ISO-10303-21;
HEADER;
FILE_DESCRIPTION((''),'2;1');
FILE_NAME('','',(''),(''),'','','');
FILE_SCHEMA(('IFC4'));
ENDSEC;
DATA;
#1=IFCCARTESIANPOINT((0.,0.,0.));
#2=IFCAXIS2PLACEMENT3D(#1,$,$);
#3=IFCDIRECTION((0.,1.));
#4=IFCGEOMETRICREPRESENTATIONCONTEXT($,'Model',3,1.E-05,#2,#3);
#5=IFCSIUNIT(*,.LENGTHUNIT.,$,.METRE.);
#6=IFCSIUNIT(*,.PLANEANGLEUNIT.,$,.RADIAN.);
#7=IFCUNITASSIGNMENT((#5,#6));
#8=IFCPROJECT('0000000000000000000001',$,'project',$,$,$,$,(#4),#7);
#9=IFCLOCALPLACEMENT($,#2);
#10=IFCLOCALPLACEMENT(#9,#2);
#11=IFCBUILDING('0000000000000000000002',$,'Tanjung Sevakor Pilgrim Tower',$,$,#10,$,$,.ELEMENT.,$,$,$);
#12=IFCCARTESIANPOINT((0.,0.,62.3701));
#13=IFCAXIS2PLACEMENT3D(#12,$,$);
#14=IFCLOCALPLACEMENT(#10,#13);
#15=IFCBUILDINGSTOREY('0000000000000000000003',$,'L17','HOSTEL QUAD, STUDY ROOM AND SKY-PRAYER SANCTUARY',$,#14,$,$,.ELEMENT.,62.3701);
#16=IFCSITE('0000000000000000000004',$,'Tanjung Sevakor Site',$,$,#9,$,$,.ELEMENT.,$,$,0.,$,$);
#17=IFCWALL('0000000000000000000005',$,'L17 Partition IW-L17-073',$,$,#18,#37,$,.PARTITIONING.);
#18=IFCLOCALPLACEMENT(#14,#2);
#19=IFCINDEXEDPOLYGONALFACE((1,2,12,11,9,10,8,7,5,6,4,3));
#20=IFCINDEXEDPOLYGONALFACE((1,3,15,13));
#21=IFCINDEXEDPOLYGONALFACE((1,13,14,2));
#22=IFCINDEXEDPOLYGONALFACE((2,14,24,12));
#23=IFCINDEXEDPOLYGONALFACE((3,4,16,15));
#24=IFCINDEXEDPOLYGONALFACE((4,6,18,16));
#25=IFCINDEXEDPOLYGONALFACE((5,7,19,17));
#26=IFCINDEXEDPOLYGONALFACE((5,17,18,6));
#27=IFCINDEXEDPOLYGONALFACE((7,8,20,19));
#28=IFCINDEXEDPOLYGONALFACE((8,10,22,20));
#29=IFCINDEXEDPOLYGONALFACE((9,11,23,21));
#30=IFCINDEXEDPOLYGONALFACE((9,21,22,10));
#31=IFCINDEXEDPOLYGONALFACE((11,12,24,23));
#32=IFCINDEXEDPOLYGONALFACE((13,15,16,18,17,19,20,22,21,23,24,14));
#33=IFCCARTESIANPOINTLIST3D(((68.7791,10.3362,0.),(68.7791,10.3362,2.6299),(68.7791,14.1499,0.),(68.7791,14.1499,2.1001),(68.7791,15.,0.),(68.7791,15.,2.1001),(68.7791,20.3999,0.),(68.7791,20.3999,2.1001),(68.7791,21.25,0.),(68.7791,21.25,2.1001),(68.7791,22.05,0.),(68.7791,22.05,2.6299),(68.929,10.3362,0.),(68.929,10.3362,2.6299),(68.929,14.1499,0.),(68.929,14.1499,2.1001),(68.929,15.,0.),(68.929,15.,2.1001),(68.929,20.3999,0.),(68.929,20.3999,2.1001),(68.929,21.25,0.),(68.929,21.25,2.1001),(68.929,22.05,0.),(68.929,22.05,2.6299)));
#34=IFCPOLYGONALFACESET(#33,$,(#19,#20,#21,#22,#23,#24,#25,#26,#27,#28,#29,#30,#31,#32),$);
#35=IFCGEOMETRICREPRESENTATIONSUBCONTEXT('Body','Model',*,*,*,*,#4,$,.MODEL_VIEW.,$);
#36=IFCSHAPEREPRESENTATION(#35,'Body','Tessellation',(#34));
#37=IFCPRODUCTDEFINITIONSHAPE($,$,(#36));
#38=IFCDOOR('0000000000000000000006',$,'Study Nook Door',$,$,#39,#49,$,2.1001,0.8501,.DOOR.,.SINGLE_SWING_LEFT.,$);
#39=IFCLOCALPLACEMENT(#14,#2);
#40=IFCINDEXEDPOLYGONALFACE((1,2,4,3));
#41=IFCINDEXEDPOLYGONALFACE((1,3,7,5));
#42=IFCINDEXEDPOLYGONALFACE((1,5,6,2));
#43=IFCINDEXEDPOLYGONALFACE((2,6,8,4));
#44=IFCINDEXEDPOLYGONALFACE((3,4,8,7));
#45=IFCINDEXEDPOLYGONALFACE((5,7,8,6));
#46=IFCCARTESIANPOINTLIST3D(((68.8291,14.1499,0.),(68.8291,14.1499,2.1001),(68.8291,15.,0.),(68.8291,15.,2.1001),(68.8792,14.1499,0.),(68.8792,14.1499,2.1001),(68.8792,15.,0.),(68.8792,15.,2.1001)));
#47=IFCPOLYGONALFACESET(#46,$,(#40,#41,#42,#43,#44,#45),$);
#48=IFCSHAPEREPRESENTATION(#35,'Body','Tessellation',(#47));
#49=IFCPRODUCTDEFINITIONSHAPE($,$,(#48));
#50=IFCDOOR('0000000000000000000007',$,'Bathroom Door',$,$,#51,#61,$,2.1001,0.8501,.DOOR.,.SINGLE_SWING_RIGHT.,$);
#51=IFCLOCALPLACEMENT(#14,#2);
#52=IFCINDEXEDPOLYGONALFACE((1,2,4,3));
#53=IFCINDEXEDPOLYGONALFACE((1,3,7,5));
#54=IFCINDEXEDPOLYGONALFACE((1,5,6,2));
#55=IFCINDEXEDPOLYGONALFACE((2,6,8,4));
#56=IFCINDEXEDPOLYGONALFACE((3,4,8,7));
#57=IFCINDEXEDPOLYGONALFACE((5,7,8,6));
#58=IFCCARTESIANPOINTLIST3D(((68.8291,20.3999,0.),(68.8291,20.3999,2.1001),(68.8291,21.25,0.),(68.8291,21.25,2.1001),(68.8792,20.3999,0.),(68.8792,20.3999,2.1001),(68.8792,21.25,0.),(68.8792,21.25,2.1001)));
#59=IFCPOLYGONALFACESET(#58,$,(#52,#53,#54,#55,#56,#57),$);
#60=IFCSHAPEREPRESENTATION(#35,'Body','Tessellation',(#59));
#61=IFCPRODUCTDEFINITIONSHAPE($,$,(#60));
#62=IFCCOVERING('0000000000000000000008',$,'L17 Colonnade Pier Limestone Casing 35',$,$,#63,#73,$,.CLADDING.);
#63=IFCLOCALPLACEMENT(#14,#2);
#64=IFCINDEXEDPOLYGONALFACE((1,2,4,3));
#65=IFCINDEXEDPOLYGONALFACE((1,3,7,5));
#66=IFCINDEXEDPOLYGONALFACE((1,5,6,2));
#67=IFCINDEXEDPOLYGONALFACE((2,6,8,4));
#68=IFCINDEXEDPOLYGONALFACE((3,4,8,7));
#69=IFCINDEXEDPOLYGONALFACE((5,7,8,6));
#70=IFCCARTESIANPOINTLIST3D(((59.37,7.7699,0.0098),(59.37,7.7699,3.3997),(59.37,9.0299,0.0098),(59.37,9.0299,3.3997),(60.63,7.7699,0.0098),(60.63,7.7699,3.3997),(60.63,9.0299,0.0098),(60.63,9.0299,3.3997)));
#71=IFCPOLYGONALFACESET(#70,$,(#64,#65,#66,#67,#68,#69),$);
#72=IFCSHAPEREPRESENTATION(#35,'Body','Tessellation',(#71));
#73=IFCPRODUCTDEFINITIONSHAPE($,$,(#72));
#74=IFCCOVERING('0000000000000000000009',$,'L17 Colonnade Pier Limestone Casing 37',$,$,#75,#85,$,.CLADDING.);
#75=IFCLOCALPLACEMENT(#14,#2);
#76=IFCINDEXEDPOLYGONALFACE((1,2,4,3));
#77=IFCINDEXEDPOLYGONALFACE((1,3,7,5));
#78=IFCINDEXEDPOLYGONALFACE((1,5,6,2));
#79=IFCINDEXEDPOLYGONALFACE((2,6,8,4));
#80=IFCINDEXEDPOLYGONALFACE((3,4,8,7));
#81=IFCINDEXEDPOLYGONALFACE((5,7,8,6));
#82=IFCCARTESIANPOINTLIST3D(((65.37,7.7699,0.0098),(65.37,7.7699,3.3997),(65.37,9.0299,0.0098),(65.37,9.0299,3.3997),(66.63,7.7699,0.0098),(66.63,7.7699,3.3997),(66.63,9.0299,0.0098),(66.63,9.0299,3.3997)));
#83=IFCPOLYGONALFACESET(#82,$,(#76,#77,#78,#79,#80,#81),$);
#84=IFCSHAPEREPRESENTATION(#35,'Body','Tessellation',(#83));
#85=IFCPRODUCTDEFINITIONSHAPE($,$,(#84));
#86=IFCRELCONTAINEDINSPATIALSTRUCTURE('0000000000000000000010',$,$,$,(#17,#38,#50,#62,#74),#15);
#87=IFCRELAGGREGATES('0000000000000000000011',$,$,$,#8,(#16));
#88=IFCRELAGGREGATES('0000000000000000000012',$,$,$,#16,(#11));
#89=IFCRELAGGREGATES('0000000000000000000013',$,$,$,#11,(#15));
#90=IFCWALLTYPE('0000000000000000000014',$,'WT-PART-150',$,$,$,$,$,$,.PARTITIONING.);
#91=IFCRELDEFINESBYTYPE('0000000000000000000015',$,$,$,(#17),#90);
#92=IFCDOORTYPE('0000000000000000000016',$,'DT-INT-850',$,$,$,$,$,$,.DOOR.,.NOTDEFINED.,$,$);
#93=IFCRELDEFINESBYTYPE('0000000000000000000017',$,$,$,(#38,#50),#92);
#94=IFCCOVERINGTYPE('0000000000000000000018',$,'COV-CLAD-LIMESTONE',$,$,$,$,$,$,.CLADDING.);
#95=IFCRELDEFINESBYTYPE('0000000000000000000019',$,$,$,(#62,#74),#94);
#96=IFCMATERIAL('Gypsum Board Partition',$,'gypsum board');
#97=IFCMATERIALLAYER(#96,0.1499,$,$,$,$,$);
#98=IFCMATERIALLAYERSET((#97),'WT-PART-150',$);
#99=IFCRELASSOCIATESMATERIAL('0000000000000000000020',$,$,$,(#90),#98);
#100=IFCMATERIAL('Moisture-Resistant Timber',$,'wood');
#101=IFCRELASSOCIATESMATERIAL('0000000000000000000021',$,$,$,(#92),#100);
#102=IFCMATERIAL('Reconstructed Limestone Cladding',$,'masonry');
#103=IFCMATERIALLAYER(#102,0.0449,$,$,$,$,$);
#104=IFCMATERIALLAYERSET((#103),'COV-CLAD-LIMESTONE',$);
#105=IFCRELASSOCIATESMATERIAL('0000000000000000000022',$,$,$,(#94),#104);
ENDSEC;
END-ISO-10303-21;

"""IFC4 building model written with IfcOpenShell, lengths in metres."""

from ifc_helpers import new_model, si_unit, direction, frame, frame_2d, origin, origin_2d, place, context, subcontext, project, spatial, rectangle, extrude, material, layer, layer_set, type_object, element, fill, save


model = new_model("IFC4")

# Units and contexts
model_context = context("Model", 3, precision=1e-05, world=origin(), true_north=direction((0.0, 1.0)))
body_context = subcontext(model_context, "Body", "Model", "MODEL_VIEW")
ifc_project = project(units=[si_unit("LENGTHUNIT", "METRE"), si_unit("PLANEANGLEUNIT", "RADIAN")], contexts=[model_context])

# Site, building, storey
site_placement = place(None, origin())
site = spatial("IfcSite", under=ifc_project, at=site_placement, Name="Tanjung Sevakor Site", CompositionType="ELEMENT", RefElevation=0.0)
building_placement = place(site_placement, origin())
building = spatial("IfcBuilding", under=site, at=building_placement, Name="Tanjung Sevakor Pilgrim Tower", CompositionType="ELEMENT")
storey_placement = place(building_placement, frame((0.0, 0.0, 62.3701)))
storey = spatial("IfcBuildingStorey", under=building, at=storey_placement, Name="L17", Description="HOSTEL QUAD, STUDY ROOM AND SKY-PRAYER SANCTUARY", CompositionType="ELEMENT", Elevation=62.3701)

# Wall, openings, doors
ifc_material_1 = material(Name="Gypsum Board Partition", Category="gypsum board")
ifc_layer_1 = layer(ifc_material_1, 0.1499)
ifc_layer_set_1 = layer_set([ifc_layer_1], Name="WT-PART-150")
wall_type_1 = type_object("IfcWallType", Name="WT-PART-150", PredefinedType="PARTITIONING", material=ifc_layer_set_1)
wall_1_placement = place(storey_placement, frame((68.854, 10.3362, 0.0), z_axis=(0.0, 0.0, 1.0), x_axis=(0.0, 1.0, 0.0)))
wall_1 = element("IfcWall", 1, at=wall_1_placement, inside=storey, type_object=wall_type_1, Name="L17 Partition IW-L17-073", PredefinedType="PARTITIONING", context=body_context, shape_type="SweptSolid", body=[
    extrude(rectangle(XDim=11.7139, YDim=0.1499, at=frame_2d((5.8569, 0.0))), origin(), (0.0, 0.0, 1.0), 2.6299),
])
opening_1_placement = place(wall_1_placement, frame((3.8137, 0.0, 0.0)))
opening_1 = element("IfcOpeningElement", 2, at=opening_1_placement, cuts=wall_1, PredefinedType="OPENING", context=body_context, shape_type="SweptSolid", body=[
    extrude(rectangle(XDim=0.8501, YDim=2.1001, at=frame_2d((0.425, 1.05))), frame((0.0, 0.085, 0.0), z_axis=(0.0, -1.0, 0.0), x_axis=(1.0, 0.0, 0.0)), (0.0, 0.0, 1.0), 0.1699),
])
opening_2_placement = place(wall_1_placement, frame((10.0637, 0.0, 0.0)))
opening_2 = element("IfcOpeningElement", 3, at=opening_2_placement, cuts=wall_1, PredefinedType="OPENING", context=body_context, shape_type="SweptSolid", body=[
    extrude(rectangle(XDim=0.8501, YDim=2.1001, at=frame_2d((0.425, 1.05))), frame((0.0, 0.085, 0.0), z_axis=(0.0, -1.0, 0.0), x_axis=(1.0, 0.0, 0.0)), (0.0, 0.0, 1.0), 0.1699),
])
ifc_material_2 = material(Name="Moisture-Resistant Timber", Category="wood")
door_type = type_object("IfcDoorType", Name="DT-INT-850", OperationType="NOTDEFINED", PredefinedType="DOOR", material=ifc_material_2)
door_1_placement = place(opening_1_placement, origin())
door_1 = element("IfcDoor", 4, at=door_1_placement, inside=storey, type_object=door_type, Name="Study Nook Door", OperationType="SINGLE_SWING_LEFT", OverallHeight=2.1001, OverallWidth=0.8501, PredefinedType="DOOR", context=body_context, shape_type="SweptSolid", body=[
    extrude(rectangle(XDim=0.8501, YDim=2.1001, at=frame_2d((0.425, 1.05))), frame((0.0, 0.0249, 0.0), z_axis=(0.0, -1.0, 0.0), x_axis=(1.0, 0.0, 0.0)), (0.0, 0.0, 1.0), 0.05),
])
fill(opening_1, door_1)
door_2_placement = place(opening_2_placement, origin())
door_2 = element("IfcDoor", 5, at=door_2_placement, inside=storey, type_object=door_type, Name="Bathroom Door", OperationType="SINGLE_SWING_RIGHT", OverallHeight=2.1001, OverallWidth=0.8501, PredefinedType="DOOR", context=body_context, shape_type="SweptSolid", body=[
    extrude(rectangle(XDim=0.8501, YDim=2.1001, at=frame_2d((0.425, 1.05))), frame((0.0, 0.0249, 0.0), z_axis=(0.0, -1.0, 0.0), x_axis=(1.0, 0.0, 0.0)), (0.0, 0.0, 1.0), 0.05),
])
fill(opening_2, door_2)

# Coverings
ifc_material_3 = material(Name="Reconstructed Limestone Cladding", Category="masonry")
ifc_layer_2 = layer(ifc_material_3, 0.0449)
ifc_layer_set_2 = layer_set([ifc_layer_2], Name="COV-CLAD-LIMESTONE")
covering_type = type_object("IfcCoveringType", Name="COV-CLAD-LIMESTONE", PredefinedType="CLADDING", material=ifc_layer_set_2)
for number, where, z_axis, x_axis, name in (
    (6, (60.0, 8.3999, 0.0098), (0.0, 0.0, 1.0), (1.0, 0.0, 0.0), "L17 Colonnade Pier Limestone Casing 35"),
    (7, (66.0, 8.3999, 0.0098), (0.0, 0.0, 1.0), (1.0, 0.0, 0.0), "L17 Colonnade Pier Limestone Casing 37"),
):
    element("IfcCovering", number, at=place(storey_placement, frame(where, z_axis=z_axis, x_axis=x_axis)), inside=storey, type_object=covering_type, Name=name, PredefinedType="CLADDING", context=body_context, shape_type="SweptSolid", body=[
        extrude(rectangle(XDim=1.26, YDim=1.26, at=origin_2d()), origin(), (0.0, 0.0, 1.0), 3.3899),
    ])

save(model, "model.ifc")
